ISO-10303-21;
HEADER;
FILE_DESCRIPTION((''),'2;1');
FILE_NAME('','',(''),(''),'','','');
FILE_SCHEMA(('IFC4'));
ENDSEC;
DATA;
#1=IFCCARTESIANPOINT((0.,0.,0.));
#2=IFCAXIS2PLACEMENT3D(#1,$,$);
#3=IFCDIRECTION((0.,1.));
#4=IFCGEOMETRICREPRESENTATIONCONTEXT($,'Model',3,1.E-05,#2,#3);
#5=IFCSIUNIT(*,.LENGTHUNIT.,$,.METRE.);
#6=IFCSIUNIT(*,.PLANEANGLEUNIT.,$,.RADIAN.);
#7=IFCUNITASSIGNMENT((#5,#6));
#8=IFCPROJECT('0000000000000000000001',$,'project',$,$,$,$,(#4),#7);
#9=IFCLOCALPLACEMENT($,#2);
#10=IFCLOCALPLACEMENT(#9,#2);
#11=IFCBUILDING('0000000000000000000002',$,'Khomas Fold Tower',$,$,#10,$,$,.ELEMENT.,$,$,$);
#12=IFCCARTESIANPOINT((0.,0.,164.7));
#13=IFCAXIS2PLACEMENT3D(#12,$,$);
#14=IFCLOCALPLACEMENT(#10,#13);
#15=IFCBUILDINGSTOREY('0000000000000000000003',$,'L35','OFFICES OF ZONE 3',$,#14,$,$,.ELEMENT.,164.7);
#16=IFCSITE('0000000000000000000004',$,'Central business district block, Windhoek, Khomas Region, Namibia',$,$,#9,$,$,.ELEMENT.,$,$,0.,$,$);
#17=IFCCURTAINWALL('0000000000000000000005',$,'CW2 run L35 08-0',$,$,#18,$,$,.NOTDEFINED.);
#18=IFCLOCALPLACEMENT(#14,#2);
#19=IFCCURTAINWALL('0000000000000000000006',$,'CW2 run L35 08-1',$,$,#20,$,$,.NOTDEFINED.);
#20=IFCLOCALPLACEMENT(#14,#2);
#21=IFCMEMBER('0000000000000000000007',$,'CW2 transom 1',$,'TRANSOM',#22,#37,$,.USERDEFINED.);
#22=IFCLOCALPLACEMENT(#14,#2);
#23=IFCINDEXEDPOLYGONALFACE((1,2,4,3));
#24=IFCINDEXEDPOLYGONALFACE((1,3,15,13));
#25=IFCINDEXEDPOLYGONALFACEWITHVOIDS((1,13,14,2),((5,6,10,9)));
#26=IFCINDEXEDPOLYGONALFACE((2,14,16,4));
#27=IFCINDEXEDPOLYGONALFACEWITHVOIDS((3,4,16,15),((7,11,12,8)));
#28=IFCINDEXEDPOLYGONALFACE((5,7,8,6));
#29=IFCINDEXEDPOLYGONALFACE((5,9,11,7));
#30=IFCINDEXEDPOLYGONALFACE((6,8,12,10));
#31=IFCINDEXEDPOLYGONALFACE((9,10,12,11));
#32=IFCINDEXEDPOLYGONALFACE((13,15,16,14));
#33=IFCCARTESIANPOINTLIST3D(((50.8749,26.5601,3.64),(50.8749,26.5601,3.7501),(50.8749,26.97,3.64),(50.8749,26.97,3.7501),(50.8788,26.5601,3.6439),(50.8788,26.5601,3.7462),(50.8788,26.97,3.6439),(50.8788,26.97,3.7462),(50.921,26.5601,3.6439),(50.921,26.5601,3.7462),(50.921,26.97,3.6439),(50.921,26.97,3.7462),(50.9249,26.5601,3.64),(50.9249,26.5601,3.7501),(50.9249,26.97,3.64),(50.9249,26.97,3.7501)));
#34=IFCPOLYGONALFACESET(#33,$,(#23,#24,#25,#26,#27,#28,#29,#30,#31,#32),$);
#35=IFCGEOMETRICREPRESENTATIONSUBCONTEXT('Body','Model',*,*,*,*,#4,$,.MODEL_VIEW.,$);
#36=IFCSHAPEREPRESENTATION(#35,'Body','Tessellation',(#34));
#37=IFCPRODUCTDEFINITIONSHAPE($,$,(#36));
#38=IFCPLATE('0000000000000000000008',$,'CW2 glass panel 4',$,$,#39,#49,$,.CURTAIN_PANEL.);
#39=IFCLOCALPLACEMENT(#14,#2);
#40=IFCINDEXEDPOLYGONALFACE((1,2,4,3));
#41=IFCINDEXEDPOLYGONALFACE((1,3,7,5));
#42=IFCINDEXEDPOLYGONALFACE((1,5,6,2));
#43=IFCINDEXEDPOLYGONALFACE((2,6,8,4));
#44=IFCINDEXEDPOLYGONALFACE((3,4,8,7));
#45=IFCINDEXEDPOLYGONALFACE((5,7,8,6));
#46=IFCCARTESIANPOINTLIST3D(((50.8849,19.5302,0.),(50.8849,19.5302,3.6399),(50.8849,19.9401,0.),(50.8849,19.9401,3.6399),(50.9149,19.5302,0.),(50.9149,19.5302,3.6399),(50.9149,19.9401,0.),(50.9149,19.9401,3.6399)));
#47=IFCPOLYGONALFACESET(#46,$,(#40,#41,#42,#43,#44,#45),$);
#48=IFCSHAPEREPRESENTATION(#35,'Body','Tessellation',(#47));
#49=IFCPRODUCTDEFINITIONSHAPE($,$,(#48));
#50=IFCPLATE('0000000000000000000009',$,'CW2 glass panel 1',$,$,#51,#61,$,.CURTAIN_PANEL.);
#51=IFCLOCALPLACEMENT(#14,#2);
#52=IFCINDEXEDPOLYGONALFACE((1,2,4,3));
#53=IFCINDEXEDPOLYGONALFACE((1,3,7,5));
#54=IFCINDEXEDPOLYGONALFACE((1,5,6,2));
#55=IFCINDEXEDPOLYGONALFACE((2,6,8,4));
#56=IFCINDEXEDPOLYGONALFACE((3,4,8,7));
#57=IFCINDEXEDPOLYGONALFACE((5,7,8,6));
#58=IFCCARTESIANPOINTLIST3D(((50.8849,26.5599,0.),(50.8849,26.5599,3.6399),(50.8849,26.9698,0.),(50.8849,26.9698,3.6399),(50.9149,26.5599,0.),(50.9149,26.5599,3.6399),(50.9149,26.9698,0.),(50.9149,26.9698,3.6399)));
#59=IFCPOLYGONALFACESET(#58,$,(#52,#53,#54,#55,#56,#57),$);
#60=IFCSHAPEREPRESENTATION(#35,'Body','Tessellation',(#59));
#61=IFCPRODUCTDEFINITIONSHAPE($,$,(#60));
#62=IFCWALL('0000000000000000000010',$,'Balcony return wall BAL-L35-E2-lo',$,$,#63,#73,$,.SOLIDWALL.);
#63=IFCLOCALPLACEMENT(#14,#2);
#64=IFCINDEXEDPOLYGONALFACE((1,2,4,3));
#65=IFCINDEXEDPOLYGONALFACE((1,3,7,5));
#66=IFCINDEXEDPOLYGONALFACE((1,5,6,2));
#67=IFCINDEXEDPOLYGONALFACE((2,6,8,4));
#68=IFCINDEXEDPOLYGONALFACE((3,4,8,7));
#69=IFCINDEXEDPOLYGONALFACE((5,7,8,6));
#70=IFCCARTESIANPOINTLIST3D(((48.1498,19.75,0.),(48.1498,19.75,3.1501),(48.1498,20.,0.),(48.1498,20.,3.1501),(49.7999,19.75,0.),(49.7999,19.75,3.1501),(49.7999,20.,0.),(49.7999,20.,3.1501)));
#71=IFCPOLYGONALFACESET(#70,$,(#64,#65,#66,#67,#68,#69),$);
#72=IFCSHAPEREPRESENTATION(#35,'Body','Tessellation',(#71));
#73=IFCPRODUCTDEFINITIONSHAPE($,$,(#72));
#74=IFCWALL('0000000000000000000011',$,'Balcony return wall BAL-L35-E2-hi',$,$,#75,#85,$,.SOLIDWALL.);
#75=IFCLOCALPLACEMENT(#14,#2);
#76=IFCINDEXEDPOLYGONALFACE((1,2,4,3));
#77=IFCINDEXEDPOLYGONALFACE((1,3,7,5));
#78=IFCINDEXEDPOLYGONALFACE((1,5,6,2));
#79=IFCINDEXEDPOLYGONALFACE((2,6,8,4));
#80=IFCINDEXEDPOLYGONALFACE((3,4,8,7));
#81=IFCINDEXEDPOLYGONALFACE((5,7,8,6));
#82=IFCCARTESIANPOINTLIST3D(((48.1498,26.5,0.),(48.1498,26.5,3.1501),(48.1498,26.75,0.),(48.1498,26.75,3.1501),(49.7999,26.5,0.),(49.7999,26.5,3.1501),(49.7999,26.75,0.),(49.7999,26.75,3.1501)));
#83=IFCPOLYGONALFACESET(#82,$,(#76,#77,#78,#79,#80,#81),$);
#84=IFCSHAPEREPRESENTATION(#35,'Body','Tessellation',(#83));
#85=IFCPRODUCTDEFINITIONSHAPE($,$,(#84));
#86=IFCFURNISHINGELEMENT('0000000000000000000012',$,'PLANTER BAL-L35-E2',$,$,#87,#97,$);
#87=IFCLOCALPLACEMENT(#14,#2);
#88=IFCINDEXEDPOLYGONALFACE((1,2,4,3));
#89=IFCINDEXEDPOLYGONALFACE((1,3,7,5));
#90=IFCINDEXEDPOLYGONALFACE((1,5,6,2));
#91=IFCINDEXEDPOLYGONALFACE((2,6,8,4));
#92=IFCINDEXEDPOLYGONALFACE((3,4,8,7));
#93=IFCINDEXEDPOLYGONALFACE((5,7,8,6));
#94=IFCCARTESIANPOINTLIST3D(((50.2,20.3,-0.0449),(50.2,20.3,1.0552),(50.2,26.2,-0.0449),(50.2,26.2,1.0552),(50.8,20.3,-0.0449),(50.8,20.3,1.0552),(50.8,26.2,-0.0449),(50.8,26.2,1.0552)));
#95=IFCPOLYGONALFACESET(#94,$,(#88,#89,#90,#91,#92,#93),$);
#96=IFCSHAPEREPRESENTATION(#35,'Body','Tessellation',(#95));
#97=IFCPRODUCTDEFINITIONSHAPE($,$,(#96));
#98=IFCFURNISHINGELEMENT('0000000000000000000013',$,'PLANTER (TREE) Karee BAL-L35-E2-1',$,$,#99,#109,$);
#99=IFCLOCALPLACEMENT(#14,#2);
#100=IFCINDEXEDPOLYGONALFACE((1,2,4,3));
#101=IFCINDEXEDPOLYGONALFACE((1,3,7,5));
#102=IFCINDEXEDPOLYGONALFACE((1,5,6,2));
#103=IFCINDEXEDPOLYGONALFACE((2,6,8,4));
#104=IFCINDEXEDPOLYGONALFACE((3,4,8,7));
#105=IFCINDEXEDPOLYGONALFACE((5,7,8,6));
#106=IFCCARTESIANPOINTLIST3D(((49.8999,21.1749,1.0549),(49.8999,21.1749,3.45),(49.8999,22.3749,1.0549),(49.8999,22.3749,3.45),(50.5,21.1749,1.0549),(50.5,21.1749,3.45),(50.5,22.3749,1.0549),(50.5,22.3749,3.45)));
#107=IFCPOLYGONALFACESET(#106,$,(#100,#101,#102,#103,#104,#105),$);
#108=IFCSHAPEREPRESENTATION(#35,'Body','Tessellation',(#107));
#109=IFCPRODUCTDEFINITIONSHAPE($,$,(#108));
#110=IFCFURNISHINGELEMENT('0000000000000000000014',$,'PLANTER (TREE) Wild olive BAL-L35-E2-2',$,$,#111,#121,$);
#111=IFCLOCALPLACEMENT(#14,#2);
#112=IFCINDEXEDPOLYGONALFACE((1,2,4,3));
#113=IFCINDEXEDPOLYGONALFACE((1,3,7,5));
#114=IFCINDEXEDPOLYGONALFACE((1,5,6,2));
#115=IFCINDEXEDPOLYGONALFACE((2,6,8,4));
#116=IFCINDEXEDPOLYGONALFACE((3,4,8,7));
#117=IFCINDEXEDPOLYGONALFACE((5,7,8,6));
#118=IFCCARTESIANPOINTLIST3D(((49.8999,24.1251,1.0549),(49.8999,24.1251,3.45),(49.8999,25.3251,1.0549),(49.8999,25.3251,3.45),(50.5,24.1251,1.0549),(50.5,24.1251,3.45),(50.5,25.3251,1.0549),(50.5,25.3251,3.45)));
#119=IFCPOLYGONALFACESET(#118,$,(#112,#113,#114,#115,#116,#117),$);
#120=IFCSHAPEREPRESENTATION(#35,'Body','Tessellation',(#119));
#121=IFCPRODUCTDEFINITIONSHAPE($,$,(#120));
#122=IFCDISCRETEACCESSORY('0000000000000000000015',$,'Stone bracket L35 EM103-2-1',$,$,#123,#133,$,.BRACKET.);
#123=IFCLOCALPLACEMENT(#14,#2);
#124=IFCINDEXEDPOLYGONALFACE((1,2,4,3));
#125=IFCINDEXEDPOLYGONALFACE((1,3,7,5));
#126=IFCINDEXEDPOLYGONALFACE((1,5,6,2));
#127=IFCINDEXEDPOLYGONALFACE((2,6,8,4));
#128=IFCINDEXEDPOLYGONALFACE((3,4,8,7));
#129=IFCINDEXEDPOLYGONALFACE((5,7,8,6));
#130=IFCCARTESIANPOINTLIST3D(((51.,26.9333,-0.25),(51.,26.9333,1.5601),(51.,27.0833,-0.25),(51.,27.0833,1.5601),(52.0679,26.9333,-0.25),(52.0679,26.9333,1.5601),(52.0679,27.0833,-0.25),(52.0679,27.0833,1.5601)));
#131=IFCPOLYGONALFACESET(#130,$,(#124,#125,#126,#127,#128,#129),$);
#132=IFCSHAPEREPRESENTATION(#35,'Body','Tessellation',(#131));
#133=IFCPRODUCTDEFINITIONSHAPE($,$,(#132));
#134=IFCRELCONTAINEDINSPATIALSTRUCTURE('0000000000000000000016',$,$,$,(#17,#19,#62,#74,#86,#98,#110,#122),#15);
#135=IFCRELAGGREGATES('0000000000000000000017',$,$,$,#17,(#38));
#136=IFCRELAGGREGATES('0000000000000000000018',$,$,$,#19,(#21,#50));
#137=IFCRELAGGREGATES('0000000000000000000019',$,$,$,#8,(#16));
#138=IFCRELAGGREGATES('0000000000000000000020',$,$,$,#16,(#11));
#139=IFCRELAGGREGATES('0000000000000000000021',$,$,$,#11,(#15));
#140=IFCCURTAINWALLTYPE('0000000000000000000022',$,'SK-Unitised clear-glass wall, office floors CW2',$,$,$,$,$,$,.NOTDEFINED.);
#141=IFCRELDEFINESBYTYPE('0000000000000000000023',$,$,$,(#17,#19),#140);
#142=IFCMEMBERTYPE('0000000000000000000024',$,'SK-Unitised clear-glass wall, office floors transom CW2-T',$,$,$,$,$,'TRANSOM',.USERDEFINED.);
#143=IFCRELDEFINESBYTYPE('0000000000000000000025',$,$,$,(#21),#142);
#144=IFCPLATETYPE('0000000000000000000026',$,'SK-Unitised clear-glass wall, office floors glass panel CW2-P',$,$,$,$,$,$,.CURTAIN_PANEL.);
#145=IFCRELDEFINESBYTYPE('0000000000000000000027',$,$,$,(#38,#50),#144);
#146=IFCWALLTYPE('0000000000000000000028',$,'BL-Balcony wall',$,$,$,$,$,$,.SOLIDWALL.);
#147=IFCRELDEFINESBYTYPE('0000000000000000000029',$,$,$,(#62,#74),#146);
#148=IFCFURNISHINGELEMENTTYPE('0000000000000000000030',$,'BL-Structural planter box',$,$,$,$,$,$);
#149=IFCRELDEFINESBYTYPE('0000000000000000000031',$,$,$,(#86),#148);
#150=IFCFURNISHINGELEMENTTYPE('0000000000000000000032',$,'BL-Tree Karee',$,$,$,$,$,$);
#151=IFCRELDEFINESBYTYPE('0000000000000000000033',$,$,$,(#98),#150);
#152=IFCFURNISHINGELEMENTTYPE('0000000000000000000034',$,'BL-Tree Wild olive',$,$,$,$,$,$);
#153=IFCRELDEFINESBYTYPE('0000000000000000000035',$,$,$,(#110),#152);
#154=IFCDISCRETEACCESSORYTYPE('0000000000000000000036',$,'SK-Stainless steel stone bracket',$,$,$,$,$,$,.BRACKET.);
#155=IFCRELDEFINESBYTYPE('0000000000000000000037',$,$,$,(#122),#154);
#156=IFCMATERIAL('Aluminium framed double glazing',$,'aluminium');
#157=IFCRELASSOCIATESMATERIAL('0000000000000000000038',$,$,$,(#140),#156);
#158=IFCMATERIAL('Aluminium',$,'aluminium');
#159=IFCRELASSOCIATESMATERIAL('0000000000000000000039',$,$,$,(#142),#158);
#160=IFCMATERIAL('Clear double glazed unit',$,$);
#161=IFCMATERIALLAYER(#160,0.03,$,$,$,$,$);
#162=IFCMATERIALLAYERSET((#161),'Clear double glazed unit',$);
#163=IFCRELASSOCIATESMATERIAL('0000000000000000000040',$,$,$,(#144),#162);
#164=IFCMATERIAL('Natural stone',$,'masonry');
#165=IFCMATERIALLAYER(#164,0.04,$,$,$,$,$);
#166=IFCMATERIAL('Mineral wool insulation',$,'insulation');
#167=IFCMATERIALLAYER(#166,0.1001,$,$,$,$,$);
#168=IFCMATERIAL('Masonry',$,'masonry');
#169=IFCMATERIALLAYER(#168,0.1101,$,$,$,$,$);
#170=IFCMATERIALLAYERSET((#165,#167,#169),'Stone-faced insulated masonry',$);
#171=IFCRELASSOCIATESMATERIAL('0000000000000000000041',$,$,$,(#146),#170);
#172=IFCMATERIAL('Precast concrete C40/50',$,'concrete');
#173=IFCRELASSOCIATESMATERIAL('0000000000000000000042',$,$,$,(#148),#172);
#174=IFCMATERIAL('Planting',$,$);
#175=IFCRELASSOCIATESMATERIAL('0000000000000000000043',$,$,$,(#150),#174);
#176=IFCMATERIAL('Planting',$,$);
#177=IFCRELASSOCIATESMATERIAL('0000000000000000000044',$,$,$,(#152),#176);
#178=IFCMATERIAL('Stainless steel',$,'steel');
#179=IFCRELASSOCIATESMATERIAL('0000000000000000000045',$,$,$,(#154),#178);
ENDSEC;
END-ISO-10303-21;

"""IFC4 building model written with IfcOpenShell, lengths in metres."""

from ifc_helpers import new_model, si_unit, direction, frame, frame_2d, origin, origin_2d, place, context, subcontext, project, spatial, rectangle, hollow_rectangle, extrude, source, transform, mapped, material, layer, layer_set, material_profile, profile_set, type_object, element, aggregate, save


model = new_model("IFC4")

# Units and contexts
model_context = context("Model", 3, precision=1e-05, world=origin(), true_north=direction((0.0, 1.0)))
body_context = subcontext(model_context, "Body", "Model", "MODEL_VIEW")
ifc_project = project(units=[si_unit("LENGTHUNIT", "METRE"), si_unit("PLANEANGLEUNIT", "RADIAN")], contexts=[model_context])

# Site, building, storey
site_placement = place(None, origin())
site = spatial("IfcSite", under=ifc_project, at=site_placement, Name="Central business district block, Windhoek, Khomas Region, Namibia", CompositionType="ELEMENT", RefElevation=0.0)
building_placement = place(site_placement, origin())
building = spatial("IfcBuilding", under=site, at=building_placement, Name="Khomas Fold Tower", CompositionType="ELEMENT")
storey_placement = place(building_placement, frame((0.0, 0.0, 164.7)))
storey = spatial("IfcBuildingStorey", under=building, at=storey_placement, Name="L35", Description="OFFICES OF ZONE 3", CompositionType="ELEMENT", Elevation=164.7)

# Curtain walls
ifc_material_1 = material(Name="Aluminium framed double glazing", Category="aluminium")
curtain_wall_type = type_object("IfcCurtainWallType", Name="SK-Unitised clear-glass wall, office floors CW2", PredefinedType="NOTDEFINED", material=ifc_material_1)
curtain_wall_1_placement = place(storey_placement, origin())
curtain_wall_1 = element("IfcCurtainWall", 1, at=curtain_wall_1_placement, inside=storey, type_object=curtain_wall_type, Name="CW2 run L35 08-0", PredefinedType="NOTDEFINED")
curtain_wall_2_placement = place(storey_placement, origin())
curtain_wall_2 = element("IfcCurtainWall", 2, at=curtain_wall_2_placement, inside=storey, type_object=curtain_wall_type, Name="CW2 run L35 08-1", PredefinedType="NOTDEFINED")
ifc_material_2 = material(Name="Aluminium", Category="aluminium")
ifc_material_profile_1 = material_profile(ifc_material_2, hollow_rectangle(XDim=0.05, YDim=0.1101, WallThickness=0.0039, at=origin_2d()), Name="SK-Unitised clear-glass wall, office floors transom CW2-T")
ifc_profile_set_1 = profile_set([ifc_material_profile_1], Name="Aluminium")
member_type_1 = type_object("IfcMemberType", Name="SK-Unitised clear-glass wall, office floors transom CW2-T", ElementType="TRANSOM", PredefinedType="USERDEFINED", material=ifc_profile_set_1)

# Member
shared_shape_1 = source(origin(), body_context, "Body", "SweptSolid", [
    extrude(hollow_rectangle(XDim=0.05, YDim=0.1101, WallThickness=0.0039, at=origin_2d()), origin(), (0.0, 0.0, 1.0), 0.4099),
])
member_1_placement = place(storey_placement, frame((50.8999, 26.5601, 3.6951), z_axis=(0.0, 1.0, 0.0), x_axis=(-1.0, 0.0, 0.0)))
member_1 = element("IfcMember", 3, at=member_1_placement, type_object=member_type_1, Name="CW2 transom 1", ObjectType="TRANSOM", PredefinedType="USERDEFINED", context=body_context, shape_type="MappedRepresentation", body=[
    mapped(shared_shape_1, transform((0.0, 0.0, 0.0))),
])

# Plates
ifc_material_3 = material(Name="Clear double glazed unit")
ifc_layer_1 = layer(ifc_material_3, 0.03)
ifc_layer_set_1 = layer_set([ifc_layer_1], Name="Clear double glazed unit")
plate_type = type_object("IfcPlateType", Name="SK-Unitised clear-glass wall, office floors glass panel CW2-P", PredefinedType="CURTAIN_PANEL", material=ifc_layer_set_1)
shared_shape_2 = source(origin(), body_context, "Body", "SweptSolid", [
    extrude(rectangle(XDim=0.4099, YDim=0.03, at=origin_2d()), origin(), (0.0, 0.0, 1.0), 3.6399),
])
plate_1_placement = place(storey_placement, frame((50.8999, 19.7351, 0.0), z_axis=(0.0, 0.0, 1.0), x_axis=(0.0, 1.0, 0.0)))
plate_1 = element("IfcPlate", 4, at=plate_1_placement, type_object=plate_type, Name="CW2 glass panel 4", PredefinedType="CURTAIN_PANEL", context=body_context, shape_type="MappedRepresentation", body=[
    mapped(shared_shape_2, transform((0.0, 0.0, 0.0))),
])
aggregate(curtain_wall_1, [plate_1])
plate_2_placement = place(storey_placement, frame((50.8999, 26.7649, 0.0), z_axis=(0.0, 0.0, 1.0), x_axis=(0.0, 1.0, 0.0)))
plate_2 = element("IfcPlate", 5, at=plate_2_placement, type_object=plate_type, Name="CW2 glass panel 1", PredefinedType="CURTAIN_PANEL", context=body_context, shape_type="MappedRepresentation", body=[
    mapped(shared_shape_2, transform((0.0, 0.0, 0.0))),
])
aggregate(curtain_wall_2, [member_1, plate_2])

# Walls
ifc_material_4 = material(Name="Natural stone", Category="masonry")
ifc_layer_2 = layer(ifc_material_4, 0.04)
ifc_material_5 = material(Name="Mineral wool insulation", Category="insulation")
ifc_layer_3 = layer(ifc_material_5, 0.1001)
ifc_material_6 = material(Name="Masonry", Category="masonry")
ifc_layer_4 = layer(ifc_material_6, 0.1101)
ifc_layer_set_2 = layer_set([ifc_layer_2, ifc_layer_3, ifc_layer_4], Name="Stone-faced insulated masonry")
wall_type = type_object("IfcWallType", Name="BL-Balcony wall", PredefinedType="SOLIDWALL", material=ifc_layer_set_2)
shared_shape_3 = source(origin(), body_context, "Body", "SweptSolid", [
    extrude(rectangle(XDim=1.6501, YDim=0.25, at=frame_2d((0.8252, 0.0))), origin(), (0.0, 0.0, 1.0), 3.1501),
])
for number, where, z_axis, x_axis, name in (
    (6, (49.8, 19.875, 0.0), (0.0, 0.0, 1.0), (-1.0, 0.0, 0.0), "Balcony return wall BAL-L35-E2-lo"),
    (7, (49.8, 26.625, 0.0), (0.0, 0.0, 1.0), (-1.0, 0.0, 0.0), "Balcony return wall BAL-L35-E2-hi"),
):
    element("IfcWall", number, at=place(storey_placement, frame(where, z_axis=z_axis, x_axis=x_axis)), inside=storey, type_object=wall_type, Name=name, PredefinedType="SOLIDWALL", context=body_context, shape_type="MappedRepresentation", body=[
        mapped(shared_shape_3, transform((0.0, 0.0, 0.0))),
    ])

# Furnishing elements
ifc_material_7 = material(Name="Precast concrete C40/50", Category="concrete")
furnishing_element_type_1 = type_object("IfcFurnishingElementType", Name="BL-Structural planter box", material=ifc_material_7)
shared_shape_4 = source(origin(), body_context, "Body", "SweptSolid", [
    extrude(rectangle(XDim=5.8999, YDim=0.6001, at=origin_2d()), origin(), (0.0, 0.0, 1.0), 1.1001),
])
furnishing_1_placement = place(storey_placement, frame((50.5, 23.25, -0.0449), z_axis=(0.0, 0.0, 1.0), x_axis=(0.0, 1.0, 0.0)))
element("IfcFurnishingElement", 8, at=furnishing_1_placement, inside=storey, type_object=furnishing_element_type_1, Name="PLANTER BAL-L35-E2", context=body_context, shape_type="MappedRepresentation", body=[
    mapped(shared_shape_4, transform((0.0, 0.0, 0.0))),
])
ifc_material_8 = material(Name="Planting")
furnishing_element_type_2 = type_object("IfcFurnishingElementType", Name="BL-Tree Karee", material=ifc_material_8)
shared_shape_5 = source(origin(), body_context, "Body", "SweptSolid", [
    extrude(rectangle(XDim=1.2, YDim=0.6001, at=origin_2d()), origin(), (0.0, 0.0, 1.0), 2.395),
])
furnishing_2_placement = place(storey_placement, frame((50.2, 21.7749, 1.0549), z_axis=(0.0, 0.0, 1.0), x_axis=(0.0, 1.0, 0.0)))
element("IfcFurnishingElement", 9, at=furnishing_2_placement, inside=storey, type_object=furnishing_element_type_2, Name="PLANTER (TREE) Karee BAL-L35-E2-1", context=body_context, shape_type="MappedRepresentation", body=[
    mapped(shared_shape_5, transform((0.0, 0.0, 0.0))),
])
ifc_material_9 = material(Name="Planting")
furnishing_element_type_3 = type_object("IfcFurnishingElementType", Name="BL-Tree Wild olive", material=ifc_material_9)
furnishing_3_placement = place(storey_placement, frame((50.2, 24.7251, 1.0549), z_axis=(0.0, 0.0, 1.0), x_axis=(0.0, 1.0, 0.0)))
element("IfcFurnishingElement", 10, at=furnishing_3_placement, inside=storey, type_object=furnishing_element_type_3, Name="PLANTER (TREE) Wild olive BAL-L35-E2-2", context=body_context, shape_type="MappedRepresentation", body=[
    mapped(shared_shape_5, transform((0.0, 0.0, 0.0))),
])

# Discrete accessory
ifc_material_10 = material(Name="Stainless steel", Category="steel")
discrete_accessory_type = type_object("IfcDiscreteAccessoryType", Name="SK-Stainless steel stone bracket", PredefinedType="BRACKET", material=ifc_material_10)
shared_shape_6 = source(origin(), body_context, "Body", "SweptSolid", [
    extrude(rectangle(XDim=1.0679, YDim=0.1499, at=origin_2d()), origin(), (0.0, 0.0, 1.0), 1.8101),
])
discrete_accessory_placement = place(storey_placement, frame((51.5339, 27.0083, -0.25), z_axis=(0.0, 0.0, 1.0), x_axis=(1.0, 0.0, 0.0)))
element("IfcDiscreteAccessory", 11, at=discrete_accessory_placement, inside=storey, type_object=discrete_accessory_type, Name="Stone bracket L35 EM103-2-1", PredefinedType="BRACKET", context=body_context, shape_type="MappedRepresentation", body=[
    mapped(shared_shape_6, transform((0.0, 0.0, 0.0))),
])

save(model, "model.ifc")
